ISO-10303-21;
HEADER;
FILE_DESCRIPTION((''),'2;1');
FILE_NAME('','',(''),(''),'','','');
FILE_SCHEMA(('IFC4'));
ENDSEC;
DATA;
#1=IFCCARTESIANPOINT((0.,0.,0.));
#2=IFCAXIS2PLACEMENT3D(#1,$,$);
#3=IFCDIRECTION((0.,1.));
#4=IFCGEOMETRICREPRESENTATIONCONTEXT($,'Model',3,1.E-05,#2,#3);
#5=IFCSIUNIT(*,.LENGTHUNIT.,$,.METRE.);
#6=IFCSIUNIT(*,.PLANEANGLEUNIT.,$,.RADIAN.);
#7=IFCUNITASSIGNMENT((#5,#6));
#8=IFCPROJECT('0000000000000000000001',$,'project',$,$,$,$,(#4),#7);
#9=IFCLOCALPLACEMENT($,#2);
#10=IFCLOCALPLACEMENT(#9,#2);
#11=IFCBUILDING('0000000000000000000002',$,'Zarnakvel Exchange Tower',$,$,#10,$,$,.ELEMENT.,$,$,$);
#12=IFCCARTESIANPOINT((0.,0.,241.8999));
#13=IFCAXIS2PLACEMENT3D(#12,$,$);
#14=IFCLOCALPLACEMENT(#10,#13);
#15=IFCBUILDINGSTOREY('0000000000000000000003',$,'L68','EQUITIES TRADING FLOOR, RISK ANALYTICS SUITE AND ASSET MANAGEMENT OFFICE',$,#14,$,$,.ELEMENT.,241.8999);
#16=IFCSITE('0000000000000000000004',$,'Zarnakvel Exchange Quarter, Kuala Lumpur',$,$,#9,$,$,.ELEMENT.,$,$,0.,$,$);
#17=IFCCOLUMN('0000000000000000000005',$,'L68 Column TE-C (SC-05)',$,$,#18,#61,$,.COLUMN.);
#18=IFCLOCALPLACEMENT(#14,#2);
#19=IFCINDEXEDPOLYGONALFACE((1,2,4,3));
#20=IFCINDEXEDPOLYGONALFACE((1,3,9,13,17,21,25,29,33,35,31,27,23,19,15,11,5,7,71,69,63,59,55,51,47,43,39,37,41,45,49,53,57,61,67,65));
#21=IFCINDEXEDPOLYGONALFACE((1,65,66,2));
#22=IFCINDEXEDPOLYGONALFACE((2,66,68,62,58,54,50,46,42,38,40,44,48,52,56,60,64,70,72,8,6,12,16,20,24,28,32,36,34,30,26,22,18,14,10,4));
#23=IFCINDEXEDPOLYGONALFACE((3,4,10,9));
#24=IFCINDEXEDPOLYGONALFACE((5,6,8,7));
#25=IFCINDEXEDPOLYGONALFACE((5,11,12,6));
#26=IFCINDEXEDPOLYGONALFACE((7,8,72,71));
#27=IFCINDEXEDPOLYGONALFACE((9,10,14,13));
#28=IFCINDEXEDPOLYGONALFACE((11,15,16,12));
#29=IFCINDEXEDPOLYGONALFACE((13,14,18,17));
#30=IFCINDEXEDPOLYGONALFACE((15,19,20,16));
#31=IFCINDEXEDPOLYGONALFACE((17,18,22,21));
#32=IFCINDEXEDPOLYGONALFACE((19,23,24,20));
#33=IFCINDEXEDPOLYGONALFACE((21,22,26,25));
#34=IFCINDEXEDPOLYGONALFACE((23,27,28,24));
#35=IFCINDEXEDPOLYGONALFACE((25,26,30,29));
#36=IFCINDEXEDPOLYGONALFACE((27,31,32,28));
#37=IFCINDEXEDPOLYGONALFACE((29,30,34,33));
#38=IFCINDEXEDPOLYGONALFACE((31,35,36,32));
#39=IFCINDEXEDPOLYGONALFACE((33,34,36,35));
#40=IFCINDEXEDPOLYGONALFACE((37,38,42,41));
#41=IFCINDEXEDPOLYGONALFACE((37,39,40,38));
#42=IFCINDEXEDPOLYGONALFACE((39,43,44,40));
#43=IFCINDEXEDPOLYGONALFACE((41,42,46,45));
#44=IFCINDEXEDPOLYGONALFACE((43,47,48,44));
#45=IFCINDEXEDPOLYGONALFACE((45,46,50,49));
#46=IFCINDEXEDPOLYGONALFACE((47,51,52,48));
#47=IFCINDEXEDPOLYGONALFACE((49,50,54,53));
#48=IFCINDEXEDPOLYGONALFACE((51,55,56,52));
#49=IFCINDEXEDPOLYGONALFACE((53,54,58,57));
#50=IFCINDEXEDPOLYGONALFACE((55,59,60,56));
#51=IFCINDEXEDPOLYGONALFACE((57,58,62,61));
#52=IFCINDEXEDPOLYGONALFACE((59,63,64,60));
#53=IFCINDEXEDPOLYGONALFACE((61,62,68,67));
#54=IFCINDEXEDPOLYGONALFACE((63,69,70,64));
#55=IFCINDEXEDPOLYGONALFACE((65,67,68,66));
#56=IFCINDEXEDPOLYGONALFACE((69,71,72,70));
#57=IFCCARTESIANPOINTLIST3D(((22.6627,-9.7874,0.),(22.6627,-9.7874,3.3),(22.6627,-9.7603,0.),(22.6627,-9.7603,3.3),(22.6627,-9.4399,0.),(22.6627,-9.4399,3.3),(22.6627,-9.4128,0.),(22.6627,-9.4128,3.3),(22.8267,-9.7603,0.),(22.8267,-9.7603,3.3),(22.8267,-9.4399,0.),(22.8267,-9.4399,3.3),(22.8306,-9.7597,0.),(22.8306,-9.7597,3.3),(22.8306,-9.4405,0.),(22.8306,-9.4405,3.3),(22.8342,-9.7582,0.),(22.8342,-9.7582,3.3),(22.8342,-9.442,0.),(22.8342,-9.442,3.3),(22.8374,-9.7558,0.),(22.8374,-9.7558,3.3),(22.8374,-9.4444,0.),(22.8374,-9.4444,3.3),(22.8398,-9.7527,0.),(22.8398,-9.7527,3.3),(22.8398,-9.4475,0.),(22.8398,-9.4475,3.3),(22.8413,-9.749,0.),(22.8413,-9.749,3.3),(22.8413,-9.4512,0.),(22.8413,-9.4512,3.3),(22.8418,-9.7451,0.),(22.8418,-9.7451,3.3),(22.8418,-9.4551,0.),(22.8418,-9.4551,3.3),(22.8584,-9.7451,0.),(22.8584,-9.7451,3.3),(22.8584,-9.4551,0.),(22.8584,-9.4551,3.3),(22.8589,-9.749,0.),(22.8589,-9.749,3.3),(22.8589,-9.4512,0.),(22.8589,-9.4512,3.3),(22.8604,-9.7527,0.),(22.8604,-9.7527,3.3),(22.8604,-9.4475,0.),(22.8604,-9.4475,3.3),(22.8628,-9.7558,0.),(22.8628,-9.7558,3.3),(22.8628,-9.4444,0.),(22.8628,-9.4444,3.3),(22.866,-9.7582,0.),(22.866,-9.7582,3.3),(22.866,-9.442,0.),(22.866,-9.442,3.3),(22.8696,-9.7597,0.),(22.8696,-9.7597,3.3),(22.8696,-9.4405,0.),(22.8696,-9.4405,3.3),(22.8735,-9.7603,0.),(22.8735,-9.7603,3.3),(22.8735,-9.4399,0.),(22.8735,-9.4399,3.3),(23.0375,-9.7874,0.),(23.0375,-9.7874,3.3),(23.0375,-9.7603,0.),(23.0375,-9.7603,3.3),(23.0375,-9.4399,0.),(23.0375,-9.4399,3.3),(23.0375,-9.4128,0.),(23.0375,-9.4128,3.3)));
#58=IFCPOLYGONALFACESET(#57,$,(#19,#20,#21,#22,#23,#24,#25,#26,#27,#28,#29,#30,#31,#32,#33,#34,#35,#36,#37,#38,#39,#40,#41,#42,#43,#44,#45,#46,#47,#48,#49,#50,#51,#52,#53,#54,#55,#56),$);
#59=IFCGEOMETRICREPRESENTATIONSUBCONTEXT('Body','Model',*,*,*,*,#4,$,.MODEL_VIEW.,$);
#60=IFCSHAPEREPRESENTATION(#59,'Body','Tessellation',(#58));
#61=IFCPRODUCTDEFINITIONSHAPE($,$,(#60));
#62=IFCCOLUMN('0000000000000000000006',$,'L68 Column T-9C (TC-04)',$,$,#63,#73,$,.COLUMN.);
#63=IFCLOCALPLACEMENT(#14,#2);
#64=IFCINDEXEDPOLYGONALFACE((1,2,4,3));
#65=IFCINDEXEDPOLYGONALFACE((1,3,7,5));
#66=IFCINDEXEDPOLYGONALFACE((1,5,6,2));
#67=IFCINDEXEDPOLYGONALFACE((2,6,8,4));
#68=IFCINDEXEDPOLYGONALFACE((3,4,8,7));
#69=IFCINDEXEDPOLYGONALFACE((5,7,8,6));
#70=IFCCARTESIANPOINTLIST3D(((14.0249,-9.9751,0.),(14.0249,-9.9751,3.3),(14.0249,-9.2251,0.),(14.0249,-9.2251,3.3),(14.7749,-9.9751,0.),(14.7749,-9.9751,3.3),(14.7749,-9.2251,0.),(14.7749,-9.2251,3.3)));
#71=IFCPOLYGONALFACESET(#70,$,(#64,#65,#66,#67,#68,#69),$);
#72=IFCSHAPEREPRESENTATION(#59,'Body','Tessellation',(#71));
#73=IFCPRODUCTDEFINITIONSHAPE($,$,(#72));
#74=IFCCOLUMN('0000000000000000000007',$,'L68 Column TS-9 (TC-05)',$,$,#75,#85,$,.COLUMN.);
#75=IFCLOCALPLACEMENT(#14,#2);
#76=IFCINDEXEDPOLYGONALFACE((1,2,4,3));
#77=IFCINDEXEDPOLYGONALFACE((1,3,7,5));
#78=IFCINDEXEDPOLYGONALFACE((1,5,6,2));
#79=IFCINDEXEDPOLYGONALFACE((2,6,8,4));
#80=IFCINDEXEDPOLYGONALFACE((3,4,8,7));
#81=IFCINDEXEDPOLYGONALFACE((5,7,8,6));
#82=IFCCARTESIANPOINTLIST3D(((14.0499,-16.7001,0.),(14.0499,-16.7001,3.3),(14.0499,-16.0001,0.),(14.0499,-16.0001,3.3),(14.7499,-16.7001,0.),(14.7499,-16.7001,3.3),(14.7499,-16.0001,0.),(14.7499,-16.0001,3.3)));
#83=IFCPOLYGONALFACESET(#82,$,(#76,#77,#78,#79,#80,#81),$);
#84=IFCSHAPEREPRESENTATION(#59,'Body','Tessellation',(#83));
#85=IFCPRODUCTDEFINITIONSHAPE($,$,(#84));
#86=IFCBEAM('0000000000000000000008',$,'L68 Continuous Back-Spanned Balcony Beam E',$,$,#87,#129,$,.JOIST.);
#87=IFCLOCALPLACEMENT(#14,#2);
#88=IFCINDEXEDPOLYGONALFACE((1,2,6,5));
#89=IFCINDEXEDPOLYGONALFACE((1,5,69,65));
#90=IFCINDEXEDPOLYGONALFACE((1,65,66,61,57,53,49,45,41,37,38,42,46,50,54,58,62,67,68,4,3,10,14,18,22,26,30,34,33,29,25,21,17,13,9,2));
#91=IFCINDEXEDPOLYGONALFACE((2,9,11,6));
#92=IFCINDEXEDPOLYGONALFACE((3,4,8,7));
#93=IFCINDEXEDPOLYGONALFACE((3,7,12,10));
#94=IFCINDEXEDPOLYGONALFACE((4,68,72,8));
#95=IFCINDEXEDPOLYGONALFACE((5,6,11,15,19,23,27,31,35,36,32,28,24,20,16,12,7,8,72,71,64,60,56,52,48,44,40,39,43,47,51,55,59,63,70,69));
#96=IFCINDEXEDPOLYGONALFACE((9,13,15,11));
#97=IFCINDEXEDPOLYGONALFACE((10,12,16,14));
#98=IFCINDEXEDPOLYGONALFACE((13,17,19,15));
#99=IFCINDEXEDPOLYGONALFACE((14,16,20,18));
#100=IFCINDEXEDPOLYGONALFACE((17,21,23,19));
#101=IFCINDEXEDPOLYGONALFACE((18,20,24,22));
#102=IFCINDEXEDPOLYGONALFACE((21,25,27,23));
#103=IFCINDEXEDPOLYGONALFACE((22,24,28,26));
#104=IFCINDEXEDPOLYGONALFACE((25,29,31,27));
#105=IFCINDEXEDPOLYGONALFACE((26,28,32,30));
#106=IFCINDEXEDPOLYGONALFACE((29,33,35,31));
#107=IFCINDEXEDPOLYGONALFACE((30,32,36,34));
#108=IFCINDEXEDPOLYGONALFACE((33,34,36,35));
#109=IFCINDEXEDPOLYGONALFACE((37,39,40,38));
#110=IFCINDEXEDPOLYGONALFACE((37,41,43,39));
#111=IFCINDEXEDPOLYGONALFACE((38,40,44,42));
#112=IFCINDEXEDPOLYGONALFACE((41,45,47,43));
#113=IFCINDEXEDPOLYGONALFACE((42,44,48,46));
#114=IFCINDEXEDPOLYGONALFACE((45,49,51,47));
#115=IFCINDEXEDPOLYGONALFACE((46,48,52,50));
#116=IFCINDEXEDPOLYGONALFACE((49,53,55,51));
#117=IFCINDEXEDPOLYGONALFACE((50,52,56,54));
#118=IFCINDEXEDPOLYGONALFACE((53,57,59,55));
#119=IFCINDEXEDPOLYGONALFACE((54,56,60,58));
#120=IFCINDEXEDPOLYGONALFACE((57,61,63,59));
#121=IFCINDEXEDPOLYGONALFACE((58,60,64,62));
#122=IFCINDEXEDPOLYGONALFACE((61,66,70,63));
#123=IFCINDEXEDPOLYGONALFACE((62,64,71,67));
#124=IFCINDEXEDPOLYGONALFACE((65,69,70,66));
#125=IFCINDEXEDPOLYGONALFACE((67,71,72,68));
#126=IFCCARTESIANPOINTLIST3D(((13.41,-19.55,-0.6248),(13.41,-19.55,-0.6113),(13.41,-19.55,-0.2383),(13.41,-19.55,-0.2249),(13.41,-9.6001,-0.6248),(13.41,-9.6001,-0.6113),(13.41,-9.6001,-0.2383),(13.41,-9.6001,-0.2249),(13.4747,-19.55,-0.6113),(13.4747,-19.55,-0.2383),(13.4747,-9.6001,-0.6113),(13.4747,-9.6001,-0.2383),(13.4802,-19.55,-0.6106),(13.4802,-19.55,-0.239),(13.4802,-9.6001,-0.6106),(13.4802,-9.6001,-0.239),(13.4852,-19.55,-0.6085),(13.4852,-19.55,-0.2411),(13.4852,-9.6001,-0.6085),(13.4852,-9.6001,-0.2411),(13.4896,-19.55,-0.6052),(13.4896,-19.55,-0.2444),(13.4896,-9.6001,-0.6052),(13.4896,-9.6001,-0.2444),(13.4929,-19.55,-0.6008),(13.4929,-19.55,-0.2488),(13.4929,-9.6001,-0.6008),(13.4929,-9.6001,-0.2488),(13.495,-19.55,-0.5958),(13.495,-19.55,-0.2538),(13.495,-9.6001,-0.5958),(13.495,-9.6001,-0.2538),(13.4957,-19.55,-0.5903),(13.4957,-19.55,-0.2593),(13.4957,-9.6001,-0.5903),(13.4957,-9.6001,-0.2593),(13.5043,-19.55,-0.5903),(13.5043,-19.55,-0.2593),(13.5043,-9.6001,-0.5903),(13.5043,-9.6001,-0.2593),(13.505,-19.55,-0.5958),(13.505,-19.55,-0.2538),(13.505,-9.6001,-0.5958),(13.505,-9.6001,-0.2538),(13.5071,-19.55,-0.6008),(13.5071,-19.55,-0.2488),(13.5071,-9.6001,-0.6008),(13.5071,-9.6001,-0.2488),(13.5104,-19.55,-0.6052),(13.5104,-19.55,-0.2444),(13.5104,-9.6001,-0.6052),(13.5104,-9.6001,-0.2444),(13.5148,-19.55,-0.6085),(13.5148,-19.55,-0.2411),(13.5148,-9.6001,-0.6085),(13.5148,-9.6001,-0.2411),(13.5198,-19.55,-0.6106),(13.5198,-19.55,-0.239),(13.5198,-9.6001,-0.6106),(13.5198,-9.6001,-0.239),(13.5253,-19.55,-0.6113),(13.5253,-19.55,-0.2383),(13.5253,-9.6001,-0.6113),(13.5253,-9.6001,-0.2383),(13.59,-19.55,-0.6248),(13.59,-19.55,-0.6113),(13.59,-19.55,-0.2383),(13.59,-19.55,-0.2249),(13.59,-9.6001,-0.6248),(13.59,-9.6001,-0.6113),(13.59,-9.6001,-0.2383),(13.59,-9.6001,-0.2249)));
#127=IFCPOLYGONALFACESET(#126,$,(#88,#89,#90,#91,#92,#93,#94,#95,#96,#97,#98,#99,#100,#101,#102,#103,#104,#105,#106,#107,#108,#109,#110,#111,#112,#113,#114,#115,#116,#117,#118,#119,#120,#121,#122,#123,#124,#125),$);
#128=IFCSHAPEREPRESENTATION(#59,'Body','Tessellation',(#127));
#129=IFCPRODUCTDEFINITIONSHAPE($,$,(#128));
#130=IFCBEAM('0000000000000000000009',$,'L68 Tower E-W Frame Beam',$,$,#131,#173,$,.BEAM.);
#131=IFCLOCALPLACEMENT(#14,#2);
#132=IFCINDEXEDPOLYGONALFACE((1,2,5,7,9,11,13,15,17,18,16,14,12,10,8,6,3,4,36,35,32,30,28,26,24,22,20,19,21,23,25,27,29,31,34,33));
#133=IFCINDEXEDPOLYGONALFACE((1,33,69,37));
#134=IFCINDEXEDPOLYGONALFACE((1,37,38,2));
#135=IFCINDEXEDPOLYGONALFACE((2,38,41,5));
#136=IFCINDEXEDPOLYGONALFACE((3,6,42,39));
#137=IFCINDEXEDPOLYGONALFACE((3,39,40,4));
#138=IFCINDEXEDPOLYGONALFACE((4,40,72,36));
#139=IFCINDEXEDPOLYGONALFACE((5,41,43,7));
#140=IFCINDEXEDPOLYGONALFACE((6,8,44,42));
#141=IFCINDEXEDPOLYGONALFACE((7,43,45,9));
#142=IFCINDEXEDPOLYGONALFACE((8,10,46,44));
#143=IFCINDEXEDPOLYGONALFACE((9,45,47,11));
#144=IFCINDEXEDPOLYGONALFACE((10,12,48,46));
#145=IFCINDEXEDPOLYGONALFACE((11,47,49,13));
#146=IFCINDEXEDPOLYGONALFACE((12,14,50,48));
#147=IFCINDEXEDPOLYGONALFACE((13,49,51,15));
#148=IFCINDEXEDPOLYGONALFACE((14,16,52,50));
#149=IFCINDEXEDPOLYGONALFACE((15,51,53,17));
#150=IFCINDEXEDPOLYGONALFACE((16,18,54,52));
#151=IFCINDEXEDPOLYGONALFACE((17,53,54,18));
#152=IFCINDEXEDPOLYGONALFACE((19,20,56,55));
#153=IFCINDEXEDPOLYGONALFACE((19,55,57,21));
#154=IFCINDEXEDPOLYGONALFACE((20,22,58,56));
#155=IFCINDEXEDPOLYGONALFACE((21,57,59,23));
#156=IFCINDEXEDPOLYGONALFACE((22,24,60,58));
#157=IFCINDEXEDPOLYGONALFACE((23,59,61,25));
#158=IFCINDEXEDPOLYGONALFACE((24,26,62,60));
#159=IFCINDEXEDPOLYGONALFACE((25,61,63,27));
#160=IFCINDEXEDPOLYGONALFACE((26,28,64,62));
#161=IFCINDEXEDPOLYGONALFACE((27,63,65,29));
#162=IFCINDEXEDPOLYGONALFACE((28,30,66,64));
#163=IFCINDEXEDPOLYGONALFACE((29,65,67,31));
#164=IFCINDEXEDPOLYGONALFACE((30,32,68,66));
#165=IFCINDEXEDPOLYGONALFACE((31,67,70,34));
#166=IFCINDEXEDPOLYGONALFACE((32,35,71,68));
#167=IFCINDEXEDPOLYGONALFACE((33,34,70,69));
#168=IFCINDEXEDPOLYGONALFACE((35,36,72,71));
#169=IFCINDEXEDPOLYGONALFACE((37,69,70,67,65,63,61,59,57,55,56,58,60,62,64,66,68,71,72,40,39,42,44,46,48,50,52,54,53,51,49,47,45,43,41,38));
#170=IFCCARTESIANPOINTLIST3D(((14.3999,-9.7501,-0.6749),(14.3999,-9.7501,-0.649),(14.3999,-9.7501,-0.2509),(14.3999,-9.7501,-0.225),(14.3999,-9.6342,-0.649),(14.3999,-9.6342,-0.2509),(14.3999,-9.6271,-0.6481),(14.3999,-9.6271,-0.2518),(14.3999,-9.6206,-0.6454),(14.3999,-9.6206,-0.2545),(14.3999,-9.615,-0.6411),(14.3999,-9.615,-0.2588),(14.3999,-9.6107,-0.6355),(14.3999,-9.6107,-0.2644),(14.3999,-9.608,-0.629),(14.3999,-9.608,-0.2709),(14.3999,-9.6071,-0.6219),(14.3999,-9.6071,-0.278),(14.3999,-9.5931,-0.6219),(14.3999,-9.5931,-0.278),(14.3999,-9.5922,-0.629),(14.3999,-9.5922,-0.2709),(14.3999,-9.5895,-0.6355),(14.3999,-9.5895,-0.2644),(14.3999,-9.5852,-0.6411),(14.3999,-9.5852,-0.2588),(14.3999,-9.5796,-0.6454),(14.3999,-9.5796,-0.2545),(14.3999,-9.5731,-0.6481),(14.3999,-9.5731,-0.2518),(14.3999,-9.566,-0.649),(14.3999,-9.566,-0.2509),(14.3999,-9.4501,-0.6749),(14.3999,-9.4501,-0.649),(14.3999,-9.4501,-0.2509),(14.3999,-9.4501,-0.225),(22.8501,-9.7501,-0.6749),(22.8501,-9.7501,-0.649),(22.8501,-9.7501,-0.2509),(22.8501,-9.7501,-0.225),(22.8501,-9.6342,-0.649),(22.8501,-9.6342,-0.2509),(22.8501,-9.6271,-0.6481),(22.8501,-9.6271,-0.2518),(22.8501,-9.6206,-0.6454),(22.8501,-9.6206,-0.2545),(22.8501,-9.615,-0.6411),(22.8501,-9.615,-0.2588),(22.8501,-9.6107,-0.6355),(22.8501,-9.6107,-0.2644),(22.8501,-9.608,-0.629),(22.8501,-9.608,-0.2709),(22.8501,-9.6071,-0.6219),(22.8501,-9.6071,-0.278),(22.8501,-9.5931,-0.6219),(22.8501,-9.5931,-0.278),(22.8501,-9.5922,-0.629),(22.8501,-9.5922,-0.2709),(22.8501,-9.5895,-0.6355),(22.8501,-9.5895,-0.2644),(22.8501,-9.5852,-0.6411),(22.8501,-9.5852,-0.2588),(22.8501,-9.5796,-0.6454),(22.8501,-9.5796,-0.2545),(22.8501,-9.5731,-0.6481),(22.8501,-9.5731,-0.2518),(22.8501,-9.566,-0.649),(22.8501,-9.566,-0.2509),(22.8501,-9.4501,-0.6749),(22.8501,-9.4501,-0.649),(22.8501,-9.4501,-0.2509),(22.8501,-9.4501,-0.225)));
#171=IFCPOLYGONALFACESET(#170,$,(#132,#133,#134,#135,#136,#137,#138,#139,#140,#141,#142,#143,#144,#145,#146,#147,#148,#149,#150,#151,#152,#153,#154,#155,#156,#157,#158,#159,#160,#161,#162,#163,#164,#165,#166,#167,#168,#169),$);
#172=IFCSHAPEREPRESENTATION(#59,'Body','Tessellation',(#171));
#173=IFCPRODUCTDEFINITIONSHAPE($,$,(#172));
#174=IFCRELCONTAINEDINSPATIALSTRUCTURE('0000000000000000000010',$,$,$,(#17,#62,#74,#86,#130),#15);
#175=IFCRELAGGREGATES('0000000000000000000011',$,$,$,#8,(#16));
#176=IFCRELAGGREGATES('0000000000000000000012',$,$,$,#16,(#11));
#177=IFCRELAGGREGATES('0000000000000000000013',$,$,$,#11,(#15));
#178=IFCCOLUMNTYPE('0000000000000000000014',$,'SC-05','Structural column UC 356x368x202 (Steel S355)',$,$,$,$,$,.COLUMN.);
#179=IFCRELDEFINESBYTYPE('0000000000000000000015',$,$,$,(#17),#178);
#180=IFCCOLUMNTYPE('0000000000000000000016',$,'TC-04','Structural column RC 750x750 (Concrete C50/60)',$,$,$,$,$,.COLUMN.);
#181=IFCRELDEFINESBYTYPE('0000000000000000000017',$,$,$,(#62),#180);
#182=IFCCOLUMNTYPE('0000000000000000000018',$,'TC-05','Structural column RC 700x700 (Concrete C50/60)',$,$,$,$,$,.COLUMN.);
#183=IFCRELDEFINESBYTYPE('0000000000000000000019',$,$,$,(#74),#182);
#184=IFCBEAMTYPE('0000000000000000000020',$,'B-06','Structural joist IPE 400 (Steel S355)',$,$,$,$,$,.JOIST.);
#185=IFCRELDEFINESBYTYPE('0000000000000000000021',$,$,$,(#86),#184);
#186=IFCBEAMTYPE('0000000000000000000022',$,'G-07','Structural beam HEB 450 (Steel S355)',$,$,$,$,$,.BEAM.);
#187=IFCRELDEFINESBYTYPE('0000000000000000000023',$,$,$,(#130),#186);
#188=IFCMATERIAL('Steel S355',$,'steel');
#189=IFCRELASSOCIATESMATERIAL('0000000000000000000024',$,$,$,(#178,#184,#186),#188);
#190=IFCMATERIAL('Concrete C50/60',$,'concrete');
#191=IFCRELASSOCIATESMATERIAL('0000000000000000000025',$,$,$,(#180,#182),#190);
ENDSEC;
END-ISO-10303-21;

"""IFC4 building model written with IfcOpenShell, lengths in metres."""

from ifc_helpers import new_model, si_unit, direction, frame, origin, origin_2d, place, context, subcontext, project, spatial, rectangle, i_section, extrude, material, material_profile, profile_set, type_object, element, save


model = new_model("IFC4")

# Units and contexts
model_context = context("Model", 3, precision=1e-05, world=origin(), true_north=direction((0.0, 1.0)))
body_context = subcontext(model_context, "Body", "Model", "MODEL_VIEW")
ifc_project = project(units=[si_unit("LENGTHUNIT", "METRE"), si_unit("PLANEANGLEUNIT", "RADIAN")], contexts=[model_context])

# Site, building, storey
site_placement = place(None, origin())
site = spatial("IfcSite", under=ifc_project, at=site_placement, Name="Zarnakvel Exchange Quarter, Kuala Lumpur", CompositionType="ELEMENT", RefElevation=0.0)
building_placement = place(site_placement, origin())
building = spatial("IfcBuilding", under=site, at=building_placement, Name="Zarnakvel Exchange Tower", CompositionType="ELEMENT")
storey_placement = place(building_placement, frame((0.0, 0.0, 241.8999)))
storey = spatial("IfcBuildingStorey", under=building, at=storey_placement, Name="L68", Description="EQUITIES TRADING FLOOR, RISK ANALYTICS SUITE AND ASSET MANAGEMENT OFFICE", CompositionType="ELEMENT", Elevation=241.8999)

# Columns
ifc_material_1 = material(Name="Steel S355", Category="steel")
ifc_material_profile_1 = material_profile(ifc_material_1, i_section(OverallWidth=0.3748, OverallDepth=0.3745, WebThickness=0.0166, FlangeThickness=0.0271, FilletRadius=0.0151, at=origin_2d()))
ifc_profile_set_1 = profile_set([ifc_material_profile_1], Name="Steel S355")
column_type_1 = type_object("IfcColumnType", Name="SC-05", Description="Structural column UC 356x368x202 (Steel S355)", PredefinedType="COLUMN", material=ifc_profile_set_1)
column_1_placement = place(storey_placement, frame((22.8501, -9.6001, 0.0), z_axis=(0.0, 0.0, 1.0), x_axis=(1.0, 0.0, 0.0)))
element("IfcColumn", 1, at=column_1_placement, inside=storey, type_object=column_type_1, Name="L68 Column TE-C (SC-05)", PredefinedType="COLUMN", context=body_context, shape_type="SweptSolid", body=[
    extrude(i_section(OverallWidth=0.3748, OverallDepth=0.3745, WebThickness=0.0166, FlangeThickness=0.0271, FilletRadius=0.0151, at=origin_2d()), origin(), (0.0, 0.0, 1.0), 3.3),
])
ifc_material_2 = material(Name="Concrete C50/60", Category="concrete")
ifc_material_profile_2 = material_profile(ifc_material_2, rectangle(XDim=0.75, YDim=0.75, at=origin_2d()))
ifc_profile_set_2 = profile_set([ifc_material_profile_2], Name="Concrete C50/60")
column_type_2 = type_object("IfcColumnType", Name="TC-04", Description="Structural column RC 750x750 (Concrete C50/60)", PredefinedType="COLUMN", material=ifc_profile_set_2)
column_2_placement = place(storey_placement, frame((14.3999, -9.6001, 0.0), z_axis=(0.0, 0.0, 1.0), x_axis=(1.0, 0.0, 0.0)))
element("IfcColumn", 2, at=column_2_placement, inside=storey, type_object=column_type_2, Name="L68 Column T-9C (TC-04)", PredefinedType="COLUMN", context=body_context, shape_type="SweptSolid", body=[
    extrude(rectangle(XDim=0.75, YDim=0.75, at=origin_2d()), origin(), (0.0, 0.0, 1.0), 3.3),
])
ifc_material_profile_3 = material_profile(ifc_material_2, rectangle(XDim=0.7, YDim=0.7, at=origin_2d()))
ifc_profile_set_3 = profile_set([ifc_material_profile_3], Name="Concrete C50/60")
column_type_3 = type_object("IfcColumnType", Name="TC-05", Description="Structural column RC 700x700 (Concrete C50/60)", PredefinedType="COLUMN", material=ifc_profile_set_3)
column_3_placement = place(storey_placement, frame((14.3999, -16.3501, 0.0), z_axis=(0.0, 0.0, 1.0), x_axis=(1.0, 0.0, 0.0)))
element("IfcColumn", 3, at=column_3_placement, inside=storey, type_object=column_type_3, Name="L68 Column TS-9 (TC-05)", PredefinedType="COLUMN", context=body_context, shape_type="SweptSolid", body=[
    extrude(rectangle(XDim=0.7, YDim=0.7, at=origin_2d()), origin(), (0.0, 0.0, 1.0), 3.3),
])

# Beams
ifc_material_profile_4 = material_profile(ifc_material_1, i_section(OverallWidth=0.1799, OverallDepth=0.3999, WebThickness=0.0085, FlangeThickness=0.0134, FilletRadius=0.021, at=origin_2d()))
ifc_profile_set_4 = profile_set([ifc_material_profile_4], Name="Steel S355")
beam_type_1 = type_object("IfcBeamType", Name="B-06", Description="Structural joist IPE 400 (Steel S355)", PredefinedType="JOIST", material=ifc_profile_set_4)
beam_1_placement = place(storey_placement, frame((13.5, -9.6001, -0.4248), z_axis=(0.0, -1.0, 0.0), x_axis=(1.0, 0.0, 0.0)))
element("IfcBeam", 4, at=beam_1_placement, inside=storey, type_object=beam_type_1, Name="L68 Continuous Back-Spanned Balcony Beam E", PredefinedType="JOIST", context=body_context, shape_type="SweptSolid", body=[
    extrude(i_section(OverallWidth=0.1799, OverallDepth=0.3999, WebThickness=0.0085, FlangeThickness=0.0134, FilletRadius=0.021, at=origin_2d()), origin(), (0.0, 0.0, 1.0), 9.95),
])
ifc_material_profile_5 = material_profile(ifc_material_1, i_section(OverallWidth=0.3, OverallDepth=0.45, WebThickness=0.0139, FlangeThickness=0.0259, FilletRadius=0.0271, at=origin_2d()))
ifc_profile_set_5 = profile_set([ifc_material_profile_5], Name="Steel S355")
beam_type_2 = type_object("IfcBeamType", Name="G-07", Description="Structural beam HEB 450 (Steel S355)", PredefinedType="BEAM", material=ifc_profile_set_5)
beam_2_placement = place(storey_placement, frame((14.3999, -9.6001, -0.45), z_axis=(1.0, 0.0, 0.0), x_axis=(0.0, 1.0, 0.0)))
element("IfcBeam", 5, at=beam_2_placement, inside=storey, type_object=beam_type_2, Name="L68 Tower E-W Frame Beam", PredefinedType="BEAM", context=body_context, shape_type="SweptSolid", body=[
    extrude(i_section(OverallWidth=0.3, OverallDepth=0.45, WebThickness=0.0139, FlangeThickness=0.0259, FilletRadius=0.0271, at=origin_2d()), origin(), (0.0, 0.0, 1.0), 8.4502),
])

save(model, "model.ifc")
